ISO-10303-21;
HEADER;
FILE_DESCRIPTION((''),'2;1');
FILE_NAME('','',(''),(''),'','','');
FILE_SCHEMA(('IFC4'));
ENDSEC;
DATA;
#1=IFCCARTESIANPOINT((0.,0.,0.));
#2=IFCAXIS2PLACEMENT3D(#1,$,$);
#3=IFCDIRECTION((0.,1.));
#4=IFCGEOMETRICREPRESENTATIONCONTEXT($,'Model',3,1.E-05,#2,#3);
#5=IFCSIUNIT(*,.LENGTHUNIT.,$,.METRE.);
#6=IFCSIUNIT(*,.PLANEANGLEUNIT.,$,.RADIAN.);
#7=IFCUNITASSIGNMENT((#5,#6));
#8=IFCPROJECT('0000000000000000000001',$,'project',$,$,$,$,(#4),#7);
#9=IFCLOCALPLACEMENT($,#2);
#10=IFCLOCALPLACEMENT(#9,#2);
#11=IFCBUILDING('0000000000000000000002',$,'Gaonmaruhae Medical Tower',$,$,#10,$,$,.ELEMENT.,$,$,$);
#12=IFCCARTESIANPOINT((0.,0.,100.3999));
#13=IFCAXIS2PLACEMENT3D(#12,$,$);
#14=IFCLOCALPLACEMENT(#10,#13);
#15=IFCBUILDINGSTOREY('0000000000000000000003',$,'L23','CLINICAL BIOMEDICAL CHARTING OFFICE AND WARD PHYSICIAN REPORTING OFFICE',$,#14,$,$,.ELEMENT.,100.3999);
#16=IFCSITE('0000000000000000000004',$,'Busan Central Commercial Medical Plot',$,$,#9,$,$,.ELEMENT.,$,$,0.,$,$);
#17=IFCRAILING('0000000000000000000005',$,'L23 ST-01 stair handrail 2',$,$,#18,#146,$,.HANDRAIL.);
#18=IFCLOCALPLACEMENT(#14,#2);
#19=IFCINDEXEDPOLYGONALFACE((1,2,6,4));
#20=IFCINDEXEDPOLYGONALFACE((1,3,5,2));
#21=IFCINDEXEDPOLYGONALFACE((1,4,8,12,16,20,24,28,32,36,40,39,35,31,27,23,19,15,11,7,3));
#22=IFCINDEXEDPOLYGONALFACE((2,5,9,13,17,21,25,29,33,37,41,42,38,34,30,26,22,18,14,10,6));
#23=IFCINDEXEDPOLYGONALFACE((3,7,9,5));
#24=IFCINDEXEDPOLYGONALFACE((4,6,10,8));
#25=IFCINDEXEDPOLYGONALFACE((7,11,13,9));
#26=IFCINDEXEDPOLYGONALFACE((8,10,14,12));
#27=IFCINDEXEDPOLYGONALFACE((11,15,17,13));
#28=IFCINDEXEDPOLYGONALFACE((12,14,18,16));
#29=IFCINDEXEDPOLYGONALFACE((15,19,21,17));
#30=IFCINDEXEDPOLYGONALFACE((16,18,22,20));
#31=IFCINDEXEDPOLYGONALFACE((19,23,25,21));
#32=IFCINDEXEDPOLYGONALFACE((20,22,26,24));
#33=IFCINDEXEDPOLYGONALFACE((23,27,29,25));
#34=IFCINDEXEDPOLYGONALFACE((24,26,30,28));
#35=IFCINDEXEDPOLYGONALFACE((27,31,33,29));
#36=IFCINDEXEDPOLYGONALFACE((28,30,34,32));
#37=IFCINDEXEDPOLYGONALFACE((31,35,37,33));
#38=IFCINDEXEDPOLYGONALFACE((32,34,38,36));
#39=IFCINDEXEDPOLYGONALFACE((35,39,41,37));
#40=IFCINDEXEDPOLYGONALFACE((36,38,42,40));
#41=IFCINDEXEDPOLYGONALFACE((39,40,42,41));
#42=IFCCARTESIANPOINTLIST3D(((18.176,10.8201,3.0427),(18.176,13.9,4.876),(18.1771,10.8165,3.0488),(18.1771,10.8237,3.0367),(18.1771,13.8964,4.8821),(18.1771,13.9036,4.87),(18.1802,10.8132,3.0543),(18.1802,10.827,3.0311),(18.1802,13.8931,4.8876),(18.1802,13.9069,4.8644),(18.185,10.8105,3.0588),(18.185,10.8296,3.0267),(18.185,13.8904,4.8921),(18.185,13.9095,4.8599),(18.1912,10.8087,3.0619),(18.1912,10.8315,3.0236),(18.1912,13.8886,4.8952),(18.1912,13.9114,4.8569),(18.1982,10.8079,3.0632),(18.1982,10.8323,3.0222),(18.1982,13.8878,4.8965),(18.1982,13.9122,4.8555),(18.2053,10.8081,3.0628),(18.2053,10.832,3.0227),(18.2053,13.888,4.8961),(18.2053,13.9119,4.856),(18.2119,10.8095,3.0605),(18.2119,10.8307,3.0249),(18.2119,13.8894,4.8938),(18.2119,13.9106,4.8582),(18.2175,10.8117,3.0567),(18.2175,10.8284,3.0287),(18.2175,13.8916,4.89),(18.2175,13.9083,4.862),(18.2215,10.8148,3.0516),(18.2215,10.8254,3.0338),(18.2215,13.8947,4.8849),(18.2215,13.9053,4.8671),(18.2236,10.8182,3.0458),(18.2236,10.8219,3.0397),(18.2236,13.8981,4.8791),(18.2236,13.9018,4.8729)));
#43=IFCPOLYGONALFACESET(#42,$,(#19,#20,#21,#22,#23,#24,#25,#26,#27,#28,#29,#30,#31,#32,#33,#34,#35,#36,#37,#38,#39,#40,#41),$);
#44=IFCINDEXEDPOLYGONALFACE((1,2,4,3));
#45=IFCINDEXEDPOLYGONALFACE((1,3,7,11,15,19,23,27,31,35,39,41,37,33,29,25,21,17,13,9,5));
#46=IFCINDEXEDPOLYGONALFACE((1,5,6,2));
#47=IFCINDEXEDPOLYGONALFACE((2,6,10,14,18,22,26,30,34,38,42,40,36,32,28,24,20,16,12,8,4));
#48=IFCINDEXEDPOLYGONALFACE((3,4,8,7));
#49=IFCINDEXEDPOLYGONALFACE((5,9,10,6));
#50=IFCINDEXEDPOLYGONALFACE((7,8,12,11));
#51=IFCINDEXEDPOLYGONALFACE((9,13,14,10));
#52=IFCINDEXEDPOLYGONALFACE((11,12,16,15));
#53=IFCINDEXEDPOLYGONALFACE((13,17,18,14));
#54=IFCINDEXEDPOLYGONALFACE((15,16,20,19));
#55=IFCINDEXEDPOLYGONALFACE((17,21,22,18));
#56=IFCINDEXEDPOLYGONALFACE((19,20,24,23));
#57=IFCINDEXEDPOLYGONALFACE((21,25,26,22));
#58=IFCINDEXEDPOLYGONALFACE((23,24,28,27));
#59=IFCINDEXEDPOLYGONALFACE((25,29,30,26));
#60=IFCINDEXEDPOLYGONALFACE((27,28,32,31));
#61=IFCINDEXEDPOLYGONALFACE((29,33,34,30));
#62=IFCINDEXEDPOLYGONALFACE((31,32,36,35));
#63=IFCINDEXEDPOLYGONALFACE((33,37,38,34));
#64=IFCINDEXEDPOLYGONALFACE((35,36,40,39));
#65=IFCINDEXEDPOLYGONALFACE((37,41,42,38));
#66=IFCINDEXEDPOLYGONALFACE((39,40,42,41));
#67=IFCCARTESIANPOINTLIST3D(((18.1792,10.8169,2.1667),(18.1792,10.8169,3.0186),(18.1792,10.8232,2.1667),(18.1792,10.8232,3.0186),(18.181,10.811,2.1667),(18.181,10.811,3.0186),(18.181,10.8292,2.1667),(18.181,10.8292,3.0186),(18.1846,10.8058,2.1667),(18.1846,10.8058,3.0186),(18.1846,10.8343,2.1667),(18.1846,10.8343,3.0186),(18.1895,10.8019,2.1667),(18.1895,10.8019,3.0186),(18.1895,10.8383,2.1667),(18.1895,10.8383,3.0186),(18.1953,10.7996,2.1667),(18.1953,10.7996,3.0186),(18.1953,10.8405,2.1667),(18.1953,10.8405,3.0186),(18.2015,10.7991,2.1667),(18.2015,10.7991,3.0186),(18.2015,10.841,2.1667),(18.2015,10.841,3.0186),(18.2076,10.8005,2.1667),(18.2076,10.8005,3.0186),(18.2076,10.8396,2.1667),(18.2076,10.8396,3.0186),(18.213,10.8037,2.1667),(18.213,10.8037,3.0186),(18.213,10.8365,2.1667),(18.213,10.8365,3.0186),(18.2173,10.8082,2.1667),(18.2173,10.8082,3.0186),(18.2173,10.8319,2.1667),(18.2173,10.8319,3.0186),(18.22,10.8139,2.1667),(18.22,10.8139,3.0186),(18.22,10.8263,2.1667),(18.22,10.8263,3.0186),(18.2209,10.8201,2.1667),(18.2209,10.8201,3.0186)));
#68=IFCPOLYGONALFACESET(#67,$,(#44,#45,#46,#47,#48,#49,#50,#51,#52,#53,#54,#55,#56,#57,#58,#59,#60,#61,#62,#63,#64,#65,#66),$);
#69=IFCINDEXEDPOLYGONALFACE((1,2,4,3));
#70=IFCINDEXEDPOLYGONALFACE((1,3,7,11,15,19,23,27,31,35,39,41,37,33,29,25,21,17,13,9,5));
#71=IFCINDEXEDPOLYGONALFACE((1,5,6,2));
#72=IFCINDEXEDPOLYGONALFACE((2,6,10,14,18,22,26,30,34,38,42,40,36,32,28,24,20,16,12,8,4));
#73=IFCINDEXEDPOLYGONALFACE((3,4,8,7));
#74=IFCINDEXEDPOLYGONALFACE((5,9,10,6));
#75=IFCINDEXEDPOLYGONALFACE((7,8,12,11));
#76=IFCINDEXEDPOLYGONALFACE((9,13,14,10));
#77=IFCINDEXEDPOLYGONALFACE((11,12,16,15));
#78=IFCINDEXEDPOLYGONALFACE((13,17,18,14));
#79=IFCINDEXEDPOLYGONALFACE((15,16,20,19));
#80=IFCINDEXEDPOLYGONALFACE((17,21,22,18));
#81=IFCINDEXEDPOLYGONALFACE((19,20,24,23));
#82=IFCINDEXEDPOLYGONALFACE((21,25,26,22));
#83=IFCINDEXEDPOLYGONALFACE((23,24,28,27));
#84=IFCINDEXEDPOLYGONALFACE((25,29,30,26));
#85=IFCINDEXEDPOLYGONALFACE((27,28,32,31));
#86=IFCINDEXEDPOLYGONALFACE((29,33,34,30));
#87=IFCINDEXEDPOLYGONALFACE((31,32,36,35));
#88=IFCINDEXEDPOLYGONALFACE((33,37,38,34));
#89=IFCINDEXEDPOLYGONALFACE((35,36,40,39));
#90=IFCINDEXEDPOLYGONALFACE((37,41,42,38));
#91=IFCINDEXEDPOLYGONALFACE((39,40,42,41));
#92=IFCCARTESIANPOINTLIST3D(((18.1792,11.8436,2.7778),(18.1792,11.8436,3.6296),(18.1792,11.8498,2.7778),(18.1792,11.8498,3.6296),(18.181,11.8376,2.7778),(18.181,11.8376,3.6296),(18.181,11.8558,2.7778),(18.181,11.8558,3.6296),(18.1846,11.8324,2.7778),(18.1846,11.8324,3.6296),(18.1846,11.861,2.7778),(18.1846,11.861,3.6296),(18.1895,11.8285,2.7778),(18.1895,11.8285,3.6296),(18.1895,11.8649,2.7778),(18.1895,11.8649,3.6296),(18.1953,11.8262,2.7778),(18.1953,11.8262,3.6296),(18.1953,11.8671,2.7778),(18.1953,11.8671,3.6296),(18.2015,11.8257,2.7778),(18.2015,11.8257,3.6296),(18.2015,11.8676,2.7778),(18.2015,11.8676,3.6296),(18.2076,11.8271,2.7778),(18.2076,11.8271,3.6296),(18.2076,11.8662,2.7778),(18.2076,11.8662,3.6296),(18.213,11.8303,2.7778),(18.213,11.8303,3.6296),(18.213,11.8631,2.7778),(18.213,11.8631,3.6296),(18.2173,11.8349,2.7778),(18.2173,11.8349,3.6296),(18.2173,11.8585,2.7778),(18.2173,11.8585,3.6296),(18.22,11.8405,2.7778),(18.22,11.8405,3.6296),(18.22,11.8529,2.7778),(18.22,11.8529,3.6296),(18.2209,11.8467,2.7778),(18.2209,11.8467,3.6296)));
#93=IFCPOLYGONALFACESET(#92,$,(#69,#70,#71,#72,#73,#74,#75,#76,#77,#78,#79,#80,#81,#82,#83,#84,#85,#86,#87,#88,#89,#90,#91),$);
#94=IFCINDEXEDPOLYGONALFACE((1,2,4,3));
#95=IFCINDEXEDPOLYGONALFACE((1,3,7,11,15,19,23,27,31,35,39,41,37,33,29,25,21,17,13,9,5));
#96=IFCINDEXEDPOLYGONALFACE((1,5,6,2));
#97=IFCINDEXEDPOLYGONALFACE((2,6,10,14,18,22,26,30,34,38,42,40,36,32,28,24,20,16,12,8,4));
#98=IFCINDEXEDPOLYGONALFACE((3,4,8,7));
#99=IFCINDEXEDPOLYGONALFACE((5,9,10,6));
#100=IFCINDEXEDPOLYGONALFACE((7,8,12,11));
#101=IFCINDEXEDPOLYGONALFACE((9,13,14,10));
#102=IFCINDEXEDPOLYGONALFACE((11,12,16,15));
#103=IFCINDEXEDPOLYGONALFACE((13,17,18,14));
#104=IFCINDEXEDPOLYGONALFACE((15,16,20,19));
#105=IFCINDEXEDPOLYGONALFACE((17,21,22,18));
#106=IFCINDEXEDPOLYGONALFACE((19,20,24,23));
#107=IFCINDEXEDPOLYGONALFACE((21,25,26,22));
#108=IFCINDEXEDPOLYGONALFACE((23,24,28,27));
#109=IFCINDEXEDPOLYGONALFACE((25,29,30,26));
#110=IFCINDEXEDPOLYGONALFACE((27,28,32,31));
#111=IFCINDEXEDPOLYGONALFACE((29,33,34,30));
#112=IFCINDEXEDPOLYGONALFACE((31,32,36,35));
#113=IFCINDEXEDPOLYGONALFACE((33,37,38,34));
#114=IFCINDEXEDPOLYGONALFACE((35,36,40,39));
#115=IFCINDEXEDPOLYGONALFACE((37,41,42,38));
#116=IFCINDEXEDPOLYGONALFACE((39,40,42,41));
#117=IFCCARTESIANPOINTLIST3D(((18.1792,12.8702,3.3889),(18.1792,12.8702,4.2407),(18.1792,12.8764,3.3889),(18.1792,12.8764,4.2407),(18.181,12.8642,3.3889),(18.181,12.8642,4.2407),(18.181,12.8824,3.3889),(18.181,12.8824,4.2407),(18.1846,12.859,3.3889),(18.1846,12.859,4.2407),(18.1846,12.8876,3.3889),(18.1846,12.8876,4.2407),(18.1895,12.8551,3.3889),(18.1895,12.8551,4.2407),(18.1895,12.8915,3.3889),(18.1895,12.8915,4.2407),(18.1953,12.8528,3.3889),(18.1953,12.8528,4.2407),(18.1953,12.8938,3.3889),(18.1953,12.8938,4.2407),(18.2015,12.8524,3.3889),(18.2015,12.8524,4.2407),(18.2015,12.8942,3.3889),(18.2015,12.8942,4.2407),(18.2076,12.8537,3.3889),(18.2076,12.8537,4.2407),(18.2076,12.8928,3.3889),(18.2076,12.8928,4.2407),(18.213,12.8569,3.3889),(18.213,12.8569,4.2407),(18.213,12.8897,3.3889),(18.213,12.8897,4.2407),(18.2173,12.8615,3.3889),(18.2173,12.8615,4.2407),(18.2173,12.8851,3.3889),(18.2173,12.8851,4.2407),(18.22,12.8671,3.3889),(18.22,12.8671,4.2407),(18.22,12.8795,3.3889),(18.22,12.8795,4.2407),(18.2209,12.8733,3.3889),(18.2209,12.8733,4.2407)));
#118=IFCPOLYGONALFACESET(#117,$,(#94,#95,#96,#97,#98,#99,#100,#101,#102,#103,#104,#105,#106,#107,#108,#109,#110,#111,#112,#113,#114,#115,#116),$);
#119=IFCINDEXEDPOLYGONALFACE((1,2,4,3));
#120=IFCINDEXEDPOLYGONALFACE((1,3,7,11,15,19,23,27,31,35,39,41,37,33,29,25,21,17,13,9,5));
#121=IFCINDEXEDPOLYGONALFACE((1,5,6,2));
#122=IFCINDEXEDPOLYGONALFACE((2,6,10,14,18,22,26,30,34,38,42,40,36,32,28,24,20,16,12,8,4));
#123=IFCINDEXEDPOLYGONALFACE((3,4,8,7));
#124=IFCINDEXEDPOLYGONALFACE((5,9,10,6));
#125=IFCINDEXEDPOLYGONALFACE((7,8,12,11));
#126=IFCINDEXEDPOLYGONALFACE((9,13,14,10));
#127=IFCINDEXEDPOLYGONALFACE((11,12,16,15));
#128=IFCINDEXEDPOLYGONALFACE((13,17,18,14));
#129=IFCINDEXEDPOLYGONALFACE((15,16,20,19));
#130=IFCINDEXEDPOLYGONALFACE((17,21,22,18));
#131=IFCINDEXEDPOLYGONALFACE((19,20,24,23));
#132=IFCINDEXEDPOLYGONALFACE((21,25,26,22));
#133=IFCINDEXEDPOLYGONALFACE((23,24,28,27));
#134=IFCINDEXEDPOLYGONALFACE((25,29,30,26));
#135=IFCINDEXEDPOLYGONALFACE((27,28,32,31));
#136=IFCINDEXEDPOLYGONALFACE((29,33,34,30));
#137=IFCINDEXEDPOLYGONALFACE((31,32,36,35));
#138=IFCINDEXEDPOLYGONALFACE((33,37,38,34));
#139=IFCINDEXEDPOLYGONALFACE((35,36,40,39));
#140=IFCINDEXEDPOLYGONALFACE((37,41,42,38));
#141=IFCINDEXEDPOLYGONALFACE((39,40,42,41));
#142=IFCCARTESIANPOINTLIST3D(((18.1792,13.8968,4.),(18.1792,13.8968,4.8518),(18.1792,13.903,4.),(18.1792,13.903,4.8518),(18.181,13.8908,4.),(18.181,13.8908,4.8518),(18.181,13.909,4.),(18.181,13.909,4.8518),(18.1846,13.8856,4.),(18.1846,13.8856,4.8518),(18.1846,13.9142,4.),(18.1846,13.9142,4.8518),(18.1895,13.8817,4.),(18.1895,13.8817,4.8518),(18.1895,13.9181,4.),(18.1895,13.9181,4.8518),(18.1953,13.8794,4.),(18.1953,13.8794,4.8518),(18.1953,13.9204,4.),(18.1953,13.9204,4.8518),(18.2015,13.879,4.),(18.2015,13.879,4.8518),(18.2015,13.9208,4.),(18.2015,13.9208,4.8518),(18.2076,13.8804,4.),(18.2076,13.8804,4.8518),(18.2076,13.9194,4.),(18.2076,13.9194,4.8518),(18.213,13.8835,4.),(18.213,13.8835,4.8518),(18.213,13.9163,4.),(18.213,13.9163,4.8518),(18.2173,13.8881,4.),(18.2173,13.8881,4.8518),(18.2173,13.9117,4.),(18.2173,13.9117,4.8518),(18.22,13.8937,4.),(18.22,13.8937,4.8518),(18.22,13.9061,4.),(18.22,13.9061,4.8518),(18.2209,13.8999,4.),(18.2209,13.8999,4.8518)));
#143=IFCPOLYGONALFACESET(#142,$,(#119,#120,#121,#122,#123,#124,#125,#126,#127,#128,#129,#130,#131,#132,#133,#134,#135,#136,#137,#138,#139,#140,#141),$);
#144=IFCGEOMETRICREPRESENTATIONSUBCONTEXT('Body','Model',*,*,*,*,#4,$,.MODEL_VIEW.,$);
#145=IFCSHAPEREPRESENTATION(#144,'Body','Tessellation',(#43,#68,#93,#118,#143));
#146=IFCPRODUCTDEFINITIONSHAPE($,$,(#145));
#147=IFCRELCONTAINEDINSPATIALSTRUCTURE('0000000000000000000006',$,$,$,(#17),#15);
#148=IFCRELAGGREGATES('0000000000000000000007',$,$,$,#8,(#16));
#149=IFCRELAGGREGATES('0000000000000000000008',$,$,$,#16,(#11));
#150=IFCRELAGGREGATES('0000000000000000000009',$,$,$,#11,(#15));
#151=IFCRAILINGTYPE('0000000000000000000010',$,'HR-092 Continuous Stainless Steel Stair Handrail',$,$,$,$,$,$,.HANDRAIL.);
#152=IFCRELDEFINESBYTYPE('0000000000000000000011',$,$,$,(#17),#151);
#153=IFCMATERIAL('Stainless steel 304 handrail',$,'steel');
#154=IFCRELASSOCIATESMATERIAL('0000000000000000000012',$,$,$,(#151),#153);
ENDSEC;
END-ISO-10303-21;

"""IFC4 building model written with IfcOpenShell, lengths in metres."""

from ifc_helpers import new_model, si_unit, direction, frame, origin, origin_2d, place, context, subcontext, project, spatial, circle, extrude, material, type_object, element, save


model = new_model("IFC4")

# Units and contexts
model_context = context("Model", 3, precision=1e-05, world=origin(), true_north=direction((0.0, 1.0)))
body_context = subcontext(model_context, "Body", "Model", "MODEL_VIEW")
ifc_project = project(units=[si_unit("LENGTHUNIT", "METRE"), si_unit("PLANEANGLEUNIT", "RADIAN")], contexts=[model_context])

# Site, building, storey
site_placement = place(None, origin())
site = spatial("IfcSite", under=ifc_project, at=site_placement, Name="Busan Central Commercial Medical Plot", CompositionType="ELEMENT", RefElevation=0.0)
building_placement = place(site_placement, origin())
building = spatial("IfcBuilding", under=site, at=building_placement, Name="Gaonmaruhae Medical Tower", CompositionType="ELEMENT")
storey_placement = place(building_placement, frame((0.0, 0.0, 100.3999)))
storey = spatial("IfcBuildingStorey", under=building, at=storey_placement, Name="L23", Description="CLINICAL BIOMEDICAL CHARTING OFFICE AND WARD PHYSICIAN REPORTING OFFICE", CompositionType="ELEMENT", Elevation=100.3999)

# Railing
ifc_material_1 = material(Name="Stainless steel 304 handrail", Category="steel")
railing_type_1 = type_object("IfcRailingType", Name="HR-092 Continuous Stainless Steel Stair Handrail", PredefinedType="HANDRAIL", material=ifc_material_1)
railing_1_placement = place(storey_placement, frame((18.2, 10.8201, 2.1667)))
element("IfcRailing", 1, at=railing_1_placement, inside=storey, type_object=railing_type_1, Name="L23 ST-01 stair handrail 2", PredefinedType="HANDRAIL", context=body_context, shape_type="SweptSolid", body=[
    extrude(circle(Radius=0.0239, at=origin_2d()), frame((0.0, 0.0, 0.876), z_axis=(0.0, 0.859291, 0.511487), x_axis=(-1.0, 0.0, 0.0)), (0.0, 0.0, 1.0), 3.5842),
    extrude(circle(Radius=0.021, at=origin_2d()), origin(), (0.0, 0.0, 1.0), 0.8518),
    extrude(circle(Radius=0.021, at=origin_2d()), frame((0.0, 1.0266, 0.6111)), (0.0, 0.0, 1.0), 0.8518),
    extrude(circle(Radius=0.021, at=origin_2d()), frame((0.0, 2.0532, 1.2222)), (0.0, 0.0, 1.0), 0.8518),
    extrude(circle(Radius=0.021, at=origin_2d()), frame((0.0, 3.0798, 1.8333)), (0.0, 0.0, 1.0), 0.8518),
])

save(model, "model.ifc")
